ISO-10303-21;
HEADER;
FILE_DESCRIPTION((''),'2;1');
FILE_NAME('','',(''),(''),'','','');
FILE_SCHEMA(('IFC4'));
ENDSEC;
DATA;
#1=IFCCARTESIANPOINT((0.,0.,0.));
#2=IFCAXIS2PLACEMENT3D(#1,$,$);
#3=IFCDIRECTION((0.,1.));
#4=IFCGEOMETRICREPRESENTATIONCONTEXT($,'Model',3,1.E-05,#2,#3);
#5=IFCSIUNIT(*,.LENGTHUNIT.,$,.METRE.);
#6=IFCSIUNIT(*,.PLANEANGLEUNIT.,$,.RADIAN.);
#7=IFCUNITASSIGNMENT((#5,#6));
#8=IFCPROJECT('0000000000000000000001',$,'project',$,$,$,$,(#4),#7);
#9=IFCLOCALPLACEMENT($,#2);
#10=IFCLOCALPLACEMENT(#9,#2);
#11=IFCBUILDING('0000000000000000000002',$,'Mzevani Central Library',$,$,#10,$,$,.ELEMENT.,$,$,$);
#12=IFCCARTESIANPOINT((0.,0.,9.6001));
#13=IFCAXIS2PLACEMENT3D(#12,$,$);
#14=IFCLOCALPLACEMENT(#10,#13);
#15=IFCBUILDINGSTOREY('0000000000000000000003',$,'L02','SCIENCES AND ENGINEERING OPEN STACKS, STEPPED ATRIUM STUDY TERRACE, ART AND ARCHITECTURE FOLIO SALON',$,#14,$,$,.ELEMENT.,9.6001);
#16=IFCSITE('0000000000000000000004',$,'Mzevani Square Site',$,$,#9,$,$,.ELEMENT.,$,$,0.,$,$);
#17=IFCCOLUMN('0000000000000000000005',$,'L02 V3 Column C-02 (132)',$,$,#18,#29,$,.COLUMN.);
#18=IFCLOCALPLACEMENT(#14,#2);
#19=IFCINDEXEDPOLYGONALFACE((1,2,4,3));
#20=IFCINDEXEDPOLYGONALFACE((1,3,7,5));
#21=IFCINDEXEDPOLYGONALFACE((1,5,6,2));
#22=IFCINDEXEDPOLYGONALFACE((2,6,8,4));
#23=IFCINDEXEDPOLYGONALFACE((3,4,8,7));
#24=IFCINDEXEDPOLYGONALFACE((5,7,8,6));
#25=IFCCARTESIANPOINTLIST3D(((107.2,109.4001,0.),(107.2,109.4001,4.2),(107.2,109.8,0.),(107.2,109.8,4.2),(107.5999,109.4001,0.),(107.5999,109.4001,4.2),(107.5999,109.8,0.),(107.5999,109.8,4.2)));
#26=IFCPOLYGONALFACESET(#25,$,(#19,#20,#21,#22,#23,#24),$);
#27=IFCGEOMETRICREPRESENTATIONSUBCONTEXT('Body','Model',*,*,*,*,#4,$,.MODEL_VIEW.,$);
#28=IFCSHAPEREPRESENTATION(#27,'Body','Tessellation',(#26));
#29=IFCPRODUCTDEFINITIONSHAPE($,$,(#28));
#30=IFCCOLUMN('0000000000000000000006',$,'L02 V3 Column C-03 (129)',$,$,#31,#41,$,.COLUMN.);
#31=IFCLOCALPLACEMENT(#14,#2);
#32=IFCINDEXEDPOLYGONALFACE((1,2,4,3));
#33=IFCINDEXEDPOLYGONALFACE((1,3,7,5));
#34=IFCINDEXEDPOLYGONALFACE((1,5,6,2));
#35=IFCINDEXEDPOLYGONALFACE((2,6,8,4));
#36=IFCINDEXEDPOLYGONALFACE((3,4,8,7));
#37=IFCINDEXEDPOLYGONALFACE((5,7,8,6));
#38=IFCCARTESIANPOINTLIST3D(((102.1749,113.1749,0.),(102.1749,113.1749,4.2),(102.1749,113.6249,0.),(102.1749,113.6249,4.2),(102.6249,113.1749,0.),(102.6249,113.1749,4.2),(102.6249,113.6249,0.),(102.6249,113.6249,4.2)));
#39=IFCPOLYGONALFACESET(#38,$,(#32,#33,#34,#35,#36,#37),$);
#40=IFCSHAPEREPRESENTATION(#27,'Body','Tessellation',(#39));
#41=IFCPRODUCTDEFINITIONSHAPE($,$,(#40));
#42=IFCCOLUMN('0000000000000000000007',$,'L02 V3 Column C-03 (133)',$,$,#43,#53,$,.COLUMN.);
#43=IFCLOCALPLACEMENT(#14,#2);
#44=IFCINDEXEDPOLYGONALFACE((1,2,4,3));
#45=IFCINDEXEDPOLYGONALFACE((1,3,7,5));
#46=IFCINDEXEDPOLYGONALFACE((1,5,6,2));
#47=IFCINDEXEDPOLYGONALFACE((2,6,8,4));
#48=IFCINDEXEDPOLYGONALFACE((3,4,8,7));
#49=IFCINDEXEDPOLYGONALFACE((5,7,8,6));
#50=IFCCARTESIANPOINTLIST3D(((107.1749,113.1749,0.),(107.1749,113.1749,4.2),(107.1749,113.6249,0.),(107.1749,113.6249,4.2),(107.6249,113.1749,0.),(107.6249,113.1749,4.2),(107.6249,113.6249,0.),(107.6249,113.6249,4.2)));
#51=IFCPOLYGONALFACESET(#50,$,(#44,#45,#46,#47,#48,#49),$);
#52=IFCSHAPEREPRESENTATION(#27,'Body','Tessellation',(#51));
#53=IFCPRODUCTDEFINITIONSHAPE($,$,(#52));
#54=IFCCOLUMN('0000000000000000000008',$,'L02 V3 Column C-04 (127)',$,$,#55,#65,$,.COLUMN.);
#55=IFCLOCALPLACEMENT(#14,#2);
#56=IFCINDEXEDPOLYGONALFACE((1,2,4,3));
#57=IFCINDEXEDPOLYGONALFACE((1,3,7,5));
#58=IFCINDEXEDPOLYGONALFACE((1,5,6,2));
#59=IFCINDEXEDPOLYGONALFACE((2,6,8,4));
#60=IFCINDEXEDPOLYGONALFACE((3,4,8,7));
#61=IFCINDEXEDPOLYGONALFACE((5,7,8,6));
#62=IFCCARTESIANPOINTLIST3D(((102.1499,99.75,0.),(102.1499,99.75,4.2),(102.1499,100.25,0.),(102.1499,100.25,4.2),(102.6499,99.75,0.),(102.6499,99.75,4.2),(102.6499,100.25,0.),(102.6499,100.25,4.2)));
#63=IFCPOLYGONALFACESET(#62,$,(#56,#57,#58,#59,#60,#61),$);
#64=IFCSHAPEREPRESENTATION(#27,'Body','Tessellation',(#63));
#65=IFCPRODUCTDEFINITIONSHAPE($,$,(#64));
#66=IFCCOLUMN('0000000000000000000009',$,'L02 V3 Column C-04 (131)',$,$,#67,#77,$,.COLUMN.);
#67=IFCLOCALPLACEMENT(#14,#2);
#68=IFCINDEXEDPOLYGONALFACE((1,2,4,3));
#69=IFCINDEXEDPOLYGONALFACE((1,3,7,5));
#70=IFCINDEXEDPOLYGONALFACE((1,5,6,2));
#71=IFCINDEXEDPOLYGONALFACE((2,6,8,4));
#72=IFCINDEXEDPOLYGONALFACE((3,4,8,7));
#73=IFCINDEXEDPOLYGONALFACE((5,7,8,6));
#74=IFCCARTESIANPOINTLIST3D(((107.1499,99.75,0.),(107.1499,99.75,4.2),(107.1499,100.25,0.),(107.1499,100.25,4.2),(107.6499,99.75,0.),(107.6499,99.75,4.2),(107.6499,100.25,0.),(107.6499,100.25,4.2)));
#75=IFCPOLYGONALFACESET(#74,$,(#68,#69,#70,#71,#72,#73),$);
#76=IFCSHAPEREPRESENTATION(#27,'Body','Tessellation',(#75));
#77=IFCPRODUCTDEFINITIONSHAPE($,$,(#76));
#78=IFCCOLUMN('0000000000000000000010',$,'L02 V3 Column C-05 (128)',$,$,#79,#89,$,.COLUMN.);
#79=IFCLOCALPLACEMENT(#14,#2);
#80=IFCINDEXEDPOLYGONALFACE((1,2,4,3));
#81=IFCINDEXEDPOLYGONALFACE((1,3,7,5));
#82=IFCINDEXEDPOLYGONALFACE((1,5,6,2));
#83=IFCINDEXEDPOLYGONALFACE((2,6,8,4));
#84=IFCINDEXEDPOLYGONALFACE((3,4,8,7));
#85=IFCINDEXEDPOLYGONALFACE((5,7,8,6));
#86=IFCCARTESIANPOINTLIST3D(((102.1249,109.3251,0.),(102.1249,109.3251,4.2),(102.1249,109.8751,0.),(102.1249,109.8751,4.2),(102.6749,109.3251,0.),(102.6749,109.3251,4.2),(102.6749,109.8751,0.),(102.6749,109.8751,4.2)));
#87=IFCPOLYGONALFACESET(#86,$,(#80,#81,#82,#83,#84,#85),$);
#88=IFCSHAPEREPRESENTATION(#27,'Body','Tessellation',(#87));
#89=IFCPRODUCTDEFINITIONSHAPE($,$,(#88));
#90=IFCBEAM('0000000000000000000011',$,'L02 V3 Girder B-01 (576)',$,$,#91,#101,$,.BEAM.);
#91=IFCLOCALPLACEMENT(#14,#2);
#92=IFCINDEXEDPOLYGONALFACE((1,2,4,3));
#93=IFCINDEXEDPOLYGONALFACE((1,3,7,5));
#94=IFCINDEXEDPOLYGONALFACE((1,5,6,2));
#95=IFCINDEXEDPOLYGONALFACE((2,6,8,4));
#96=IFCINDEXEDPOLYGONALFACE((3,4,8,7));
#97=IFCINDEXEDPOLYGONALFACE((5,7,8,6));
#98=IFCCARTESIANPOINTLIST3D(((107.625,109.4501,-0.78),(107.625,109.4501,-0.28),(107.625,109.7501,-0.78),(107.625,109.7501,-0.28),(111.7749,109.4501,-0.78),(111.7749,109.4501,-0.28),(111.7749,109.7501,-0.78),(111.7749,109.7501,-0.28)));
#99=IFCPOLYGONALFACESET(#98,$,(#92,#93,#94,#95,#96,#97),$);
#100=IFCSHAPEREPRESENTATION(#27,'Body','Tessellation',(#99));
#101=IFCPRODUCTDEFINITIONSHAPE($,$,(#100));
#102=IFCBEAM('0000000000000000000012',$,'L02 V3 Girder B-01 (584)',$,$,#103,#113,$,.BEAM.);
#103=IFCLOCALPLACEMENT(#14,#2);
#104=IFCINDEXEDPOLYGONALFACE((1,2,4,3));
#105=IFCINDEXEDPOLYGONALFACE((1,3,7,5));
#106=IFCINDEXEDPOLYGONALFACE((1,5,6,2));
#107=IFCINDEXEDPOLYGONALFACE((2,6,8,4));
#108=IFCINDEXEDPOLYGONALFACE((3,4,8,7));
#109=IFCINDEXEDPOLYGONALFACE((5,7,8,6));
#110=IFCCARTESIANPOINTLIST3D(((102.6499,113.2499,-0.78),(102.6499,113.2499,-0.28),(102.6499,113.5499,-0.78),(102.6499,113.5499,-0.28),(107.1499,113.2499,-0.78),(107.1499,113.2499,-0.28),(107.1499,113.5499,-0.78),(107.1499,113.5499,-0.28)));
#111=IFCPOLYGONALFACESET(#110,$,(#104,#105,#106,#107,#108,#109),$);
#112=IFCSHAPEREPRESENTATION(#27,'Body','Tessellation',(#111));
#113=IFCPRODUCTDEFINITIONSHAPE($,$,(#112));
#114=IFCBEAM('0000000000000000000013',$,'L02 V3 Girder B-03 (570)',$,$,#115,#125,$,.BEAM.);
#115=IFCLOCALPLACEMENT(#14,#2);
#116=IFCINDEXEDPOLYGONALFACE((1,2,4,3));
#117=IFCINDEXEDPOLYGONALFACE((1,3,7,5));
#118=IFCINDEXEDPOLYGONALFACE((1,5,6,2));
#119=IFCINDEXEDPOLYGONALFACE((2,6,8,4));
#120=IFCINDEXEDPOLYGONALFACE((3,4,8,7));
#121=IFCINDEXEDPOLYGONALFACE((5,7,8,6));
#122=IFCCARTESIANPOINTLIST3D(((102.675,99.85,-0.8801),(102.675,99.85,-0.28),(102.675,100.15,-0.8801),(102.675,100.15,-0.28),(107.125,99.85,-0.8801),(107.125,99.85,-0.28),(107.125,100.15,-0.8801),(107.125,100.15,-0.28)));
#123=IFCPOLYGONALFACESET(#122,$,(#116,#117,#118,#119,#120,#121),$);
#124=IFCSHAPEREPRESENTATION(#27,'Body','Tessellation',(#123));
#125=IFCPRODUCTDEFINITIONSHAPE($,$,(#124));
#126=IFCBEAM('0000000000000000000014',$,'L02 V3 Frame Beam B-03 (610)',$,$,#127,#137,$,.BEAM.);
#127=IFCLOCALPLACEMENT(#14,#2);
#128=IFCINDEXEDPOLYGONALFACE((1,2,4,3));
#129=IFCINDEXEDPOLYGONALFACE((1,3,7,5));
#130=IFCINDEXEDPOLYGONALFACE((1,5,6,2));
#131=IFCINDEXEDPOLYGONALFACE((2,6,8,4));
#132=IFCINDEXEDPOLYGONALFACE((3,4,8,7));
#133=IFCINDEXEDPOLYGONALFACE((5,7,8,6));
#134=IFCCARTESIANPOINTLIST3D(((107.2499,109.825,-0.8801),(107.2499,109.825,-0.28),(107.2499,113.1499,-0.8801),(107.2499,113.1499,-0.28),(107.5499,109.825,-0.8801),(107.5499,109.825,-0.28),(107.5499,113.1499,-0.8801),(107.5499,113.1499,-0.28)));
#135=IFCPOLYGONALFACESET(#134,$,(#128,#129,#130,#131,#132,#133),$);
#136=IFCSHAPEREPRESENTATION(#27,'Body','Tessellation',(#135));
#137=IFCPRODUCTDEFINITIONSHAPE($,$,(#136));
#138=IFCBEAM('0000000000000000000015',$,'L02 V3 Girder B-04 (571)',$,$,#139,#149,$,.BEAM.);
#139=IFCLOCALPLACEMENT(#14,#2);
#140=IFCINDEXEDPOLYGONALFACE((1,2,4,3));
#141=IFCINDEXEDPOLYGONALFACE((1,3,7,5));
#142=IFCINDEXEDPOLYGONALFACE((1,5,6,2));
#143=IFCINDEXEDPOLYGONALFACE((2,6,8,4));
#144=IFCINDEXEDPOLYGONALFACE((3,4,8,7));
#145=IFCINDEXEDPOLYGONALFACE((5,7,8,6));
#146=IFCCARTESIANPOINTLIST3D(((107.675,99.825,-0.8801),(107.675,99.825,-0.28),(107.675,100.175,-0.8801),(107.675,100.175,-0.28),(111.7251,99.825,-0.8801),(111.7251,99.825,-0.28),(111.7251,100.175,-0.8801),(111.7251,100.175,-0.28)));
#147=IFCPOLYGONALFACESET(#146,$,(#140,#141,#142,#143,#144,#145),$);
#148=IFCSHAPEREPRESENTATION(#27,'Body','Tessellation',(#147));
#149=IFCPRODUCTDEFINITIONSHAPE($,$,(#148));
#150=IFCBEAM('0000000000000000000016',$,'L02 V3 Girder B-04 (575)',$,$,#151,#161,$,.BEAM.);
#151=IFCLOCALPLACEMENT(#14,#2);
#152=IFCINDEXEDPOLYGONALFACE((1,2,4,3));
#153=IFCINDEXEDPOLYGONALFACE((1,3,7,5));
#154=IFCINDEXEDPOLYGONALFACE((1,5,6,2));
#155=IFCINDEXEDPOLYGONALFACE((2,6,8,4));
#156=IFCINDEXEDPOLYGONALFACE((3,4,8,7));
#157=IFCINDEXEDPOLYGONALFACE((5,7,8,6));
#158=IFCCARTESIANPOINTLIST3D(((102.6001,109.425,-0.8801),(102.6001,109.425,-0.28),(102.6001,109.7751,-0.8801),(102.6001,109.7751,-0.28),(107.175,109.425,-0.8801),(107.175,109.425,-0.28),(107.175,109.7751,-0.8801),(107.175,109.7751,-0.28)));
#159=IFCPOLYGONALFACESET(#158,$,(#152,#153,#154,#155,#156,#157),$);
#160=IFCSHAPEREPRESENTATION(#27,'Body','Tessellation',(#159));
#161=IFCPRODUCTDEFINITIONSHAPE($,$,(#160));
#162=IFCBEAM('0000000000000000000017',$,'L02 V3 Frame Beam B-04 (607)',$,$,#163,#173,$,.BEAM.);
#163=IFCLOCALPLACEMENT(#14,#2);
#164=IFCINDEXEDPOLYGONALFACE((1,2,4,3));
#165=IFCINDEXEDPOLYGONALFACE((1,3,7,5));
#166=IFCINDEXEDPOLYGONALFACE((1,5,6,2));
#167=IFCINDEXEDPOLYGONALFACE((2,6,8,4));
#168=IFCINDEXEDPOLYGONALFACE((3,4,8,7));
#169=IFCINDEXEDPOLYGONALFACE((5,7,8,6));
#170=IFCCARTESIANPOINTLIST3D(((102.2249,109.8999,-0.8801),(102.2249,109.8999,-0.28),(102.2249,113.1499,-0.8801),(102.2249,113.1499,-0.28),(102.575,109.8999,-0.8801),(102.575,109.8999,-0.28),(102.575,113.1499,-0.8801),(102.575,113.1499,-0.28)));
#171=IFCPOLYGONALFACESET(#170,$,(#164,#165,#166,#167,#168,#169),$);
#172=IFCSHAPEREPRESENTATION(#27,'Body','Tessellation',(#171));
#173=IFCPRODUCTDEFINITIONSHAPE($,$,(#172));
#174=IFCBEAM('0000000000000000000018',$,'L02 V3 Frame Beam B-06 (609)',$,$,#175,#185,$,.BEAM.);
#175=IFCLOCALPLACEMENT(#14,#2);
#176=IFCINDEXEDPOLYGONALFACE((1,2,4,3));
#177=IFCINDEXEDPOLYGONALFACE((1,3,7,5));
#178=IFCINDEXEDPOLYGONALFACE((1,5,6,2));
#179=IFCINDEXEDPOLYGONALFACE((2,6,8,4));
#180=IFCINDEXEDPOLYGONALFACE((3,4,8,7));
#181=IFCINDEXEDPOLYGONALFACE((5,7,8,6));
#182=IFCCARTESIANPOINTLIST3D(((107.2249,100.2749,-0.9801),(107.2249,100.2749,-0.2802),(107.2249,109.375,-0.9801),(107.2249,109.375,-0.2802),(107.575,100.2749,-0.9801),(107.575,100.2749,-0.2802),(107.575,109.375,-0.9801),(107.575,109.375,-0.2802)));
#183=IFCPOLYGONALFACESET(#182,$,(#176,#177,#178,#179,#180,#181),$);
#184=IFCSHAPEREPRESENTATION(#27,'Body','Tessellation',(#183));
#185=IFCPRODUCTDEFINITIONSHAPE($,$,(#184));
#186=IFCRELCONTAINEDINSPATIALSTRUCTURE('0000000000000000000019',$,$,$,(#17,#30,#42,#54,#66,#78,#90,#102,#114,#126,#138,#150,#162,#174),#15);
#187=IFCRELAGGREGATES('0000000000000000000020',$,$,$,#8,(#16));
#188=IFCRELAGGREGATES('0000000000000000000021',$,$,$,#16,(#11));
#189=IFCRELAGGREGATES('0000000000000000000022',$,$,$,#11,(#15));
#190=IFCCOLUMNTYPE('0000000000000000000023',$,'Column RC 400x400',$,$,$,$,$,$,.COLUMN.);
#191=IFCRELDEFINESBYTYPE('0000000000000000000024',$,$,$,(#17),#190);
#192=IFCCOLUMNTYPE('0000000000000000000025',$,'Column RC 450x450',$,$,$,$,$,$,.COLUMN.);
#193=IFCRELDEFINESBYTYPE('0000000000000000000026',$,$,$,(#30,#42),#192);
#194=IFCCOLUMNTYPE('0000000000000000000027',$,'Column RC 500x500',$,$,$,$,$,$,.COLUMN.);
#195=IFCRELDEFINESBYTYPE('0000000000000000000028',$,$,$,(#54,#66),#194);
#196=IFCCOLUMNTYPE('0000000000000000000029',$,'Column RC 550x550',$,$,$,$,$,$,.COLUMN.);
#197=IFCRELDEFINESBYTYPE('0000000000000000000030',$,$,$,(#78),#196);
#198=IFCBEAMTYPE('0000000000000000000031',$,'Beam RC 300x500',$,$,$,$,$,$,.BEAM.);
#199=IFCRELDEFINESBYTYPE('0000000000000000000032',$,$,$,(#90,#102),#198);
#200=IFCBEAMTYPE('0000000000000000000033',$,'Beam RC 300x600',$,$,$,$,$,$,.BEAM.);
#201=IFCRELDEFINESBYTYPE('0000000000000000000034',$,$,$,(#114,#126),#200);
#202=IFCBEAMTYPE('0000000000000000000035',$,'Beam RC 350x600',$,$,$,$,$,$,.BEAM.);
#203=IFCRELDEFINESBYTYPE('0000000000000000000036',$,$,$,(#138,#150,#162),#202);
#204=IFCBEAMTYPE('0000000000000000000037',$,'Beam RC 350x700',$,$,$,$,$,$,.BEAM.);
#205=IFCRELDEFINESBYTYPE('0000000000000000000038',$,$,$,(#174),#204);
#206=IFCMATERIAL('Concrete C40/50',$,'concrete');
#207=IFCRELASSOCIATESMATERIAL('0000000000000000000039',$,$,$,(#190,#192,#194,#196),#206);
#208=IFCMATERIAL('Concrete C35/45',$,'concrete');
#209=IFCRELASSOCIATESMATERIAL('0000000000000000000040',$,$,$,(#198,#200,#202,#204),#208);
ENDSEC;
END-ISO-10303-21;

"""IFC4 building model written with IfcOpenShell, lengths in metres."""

from ifc_helpers import new_model, si_unit, direction, frame, origin, origin_2d, place, context, subcontext, project, spatial, rectangle, extrude, material, material_profile, profile_set, type_object, element, save


model = new_model("IFC4")

# Units and contexts
model_context = context("Model", 3, precision=1e-05, world=origin(), true_north=direction((0.0, 1.0)))
body_context = subcontext(model_context, "Body", "Model", "MODEL_VIEW")
ifc_project = project(units=[si_unit("LENGTHUNIT", "METRE"), si_unit("PLANEANGLEUNIT", "RADIAN")], contexts=[model_context])

# Site, building, storey
site_placement = place(None, origin())
site = spatial("IfcSite", under=ifc_project, at=site_placement, Name="Mzevani Square Site", CompositionType="ELEMENT", RefElevation=0.0)
building_placement = place(site_placement, origin())
building = spatial("IfcBuilding", under=site, at=building_placement, Name="Mzevani Central Library", CompositionType="ELEMENT")
storey_placement = place(building_placement, frame((0.0, 0.0, 9.6001)))
storey = spatial("IfcBuildingStorey", under=building, at=storey_placement, Name="L02", Description="SCIENCES AND ENGINEERING OPEN STACKS, STEPPED ATRIUM STUDY TERRACE, ART AND ARCHITECTURE FOLIO SALON", CompositionType="ELEMENT", Elevation=9.6001)

# Columns
ifc_material_1 = material(Name="Concrete C40/50", Category="concrete")
ifc_material_profile_1 = material_profile(ifc_material_1, rectangle(XDim=0.3999, YDim=0.3999, at=origin_2d()), Name="RC 400x400")
ifc_profile_set_1 = profile_set([ifc_material_profile_1], Name="Concrete C40/50")
column_type_1 = type_object("IfcColumnType", Name="Column RC 400x400", PredefinedType="COLUMN", material=ifc_profile_set_1)
column_1_placement = place(storey_placement, frame((107.3999, 109.6001, 0.0), z_axis=(0.0, 0.0, 1.0), x_axis=(1.0, 0.0, 0.0)))
element("IfcColumn", 1, at=column_1_placement, inside=storey, type_object=column_type_1, Name="L02 V3 Column C-02 (132)", PredefinedType="COLUMN", context=body_context, shape_type="SweptSolid", body=[
    extrude(rectangle(XDim=0.3999, YDim=0.3999, at=origin_2d()), origin(), (0.0, 0.0, 1.0), 4.2),
])
ifc_material_profile_2 = material_profile(ifc_material_1, rectangle(XDim=0.45, YDim=0.45, at=origin_2d()), Name="RC 450x450")
ifc_profile_set_2 = profile_set([ifc_material_profile_2], Name="Concrete C40/50")
column_type_2 = type_object("IfcColumnType", Name="Column RC 450x450", PredefinedType="COLUMN", material=ifc_profile_set_2)
for number, where, z_axis, x_axis, name in (
    (2, (102.3999, 113.3999, 0.0), (0.0, 0.0, 1.0), (1.0, 0.0, 0.0), "L02 V3 Column C-03 (129)"),
    (3, (107.3999, 113.3999, 0.0), (0.0, 0.0, 1.0), (1.0, 0.0, 0.0), "L02 V3 Column C-03 (133)"),
):
    element("IfcColumn", number, at=place(storey_placement, frame(where, z_axis=z_axis, x_axis=x_axis)), inside=storey, type_object=column_type_2, Name=name, PredefinedType="COLUMN", context=body_context, shape_type="SweptSolid", body=[
        extrude(rectangle(XDim=0.45, YDim=0.45, at=origin_2d()), origin(), (0.0, 0.0, 1.0), 4.2),
    ])
ifc_material_profile_3 = material_profile(ifc_material_1, rectangle(XDim=0.5, YDim=0.5, at=origin_2d()), Name="RC 500x500")
ifc_profile_set_3 = profile_set([ifc_material_profile_3], Name="Concrete C40/50")
column_type_3 = type_object("IfcColumnType", Name="Column RC 500x500", PredefinedType="COLUMN", material=ifc_profile_set_3)
for number, where, z_axis, x_axis, name in (
    (4, (102.3999, 100.0, 0.0), (0.0, 0.0, 1.0), (1.0, 0.0, 0.0), "L02 V3 Column C-04 (127)"),
    (5, (107.3999, 100.0, 0.0), (0.0, 0.0, 1.0), (1.0, 0.0, 0.0), "L02 V3 Column C-04 (131)"),
):
    element("IfcColumn", number, at=place(storey_placement, frame(where, z_axis=z_axis, x_axis=x_axis)), inside=storey, type_object=column_type_3, Name=name, PredefinedType="COLUMN", context=body_context, shape_type="SweptSolid", body=[
        extrude(rectangle(XDim=0.5, YDim=0.5, at=origin_2d()), origin(), (0.0, 0.0, 1.0), 4.2),
    ])
ifc_material_profile_4 = material_profile(ifc_material_1, rectangle(XDim=0.55, YDim=0.55, at=origin_2d()), Name="RC 550x550")
ifc_profile_set_4 = profile_set([ifc_material_profile_4], Name="Concrete C40/50")
column_type_4 = type_object("IfcColumnType", Name="Column RC 550x550", PredefinedType="COLUMN", material=ifc_profile_set_4)
column_2_placement = place(storey_placement, frame((102.3999, 109.6001, 0.0), z_axis=(0.0, 0.0, 1.0), x_axis=(1.0, 0.0, 0.0)))
element("IfcColumn", 6, at=column_2_placement, inside=storey, type_object=column_type_4, Name="L02 V3 Column C-05 (128)", PredefinedType="COLUMN", context=body_context, shape_type="SweptSolid", body=[
    extrude(rectangle(XDim=0.55, YDim=0.55, at=origin_2d()), origin(), (0.0, 0.0, 1.0), 4.2),
])

# Beams
ifc_material_2 = material(Name="Concrete C35/45", Category="concrete")
ifc_material_profile_5 = material_profile(ifc_material_2, rectangle(XDim=0.3, YDim=0.5, at=origin_2d()), Name="RC B300x500")
ifc_profile_set_5 = profile_set([ifc_material_profile_5], Name="Concrete C35/45")
beam_type_1 = type_object("IfcBeamType", Name="Beam RC 300x500", PredefinedType="BEAM", material=ifc_profile_set_5)
beam_1_placement = place(storey_placement, frame((107.625, 109.6001, -0.53), z_axis=(1.0, 0.0, 0.0), x_axis=(0.0, 1.0, 0.0)))
element("IfcBeam", 7, at=beam_1_placement, inside=storey, type_object=beam_type_1, Name="L02 V3 Girder B-01 (576)", PredefinedType="BEAM", context=body_context, shape_type="SweptSolid", body=[
    extrude(rectangle(XDim=0.3, YDim=0.5, at=origin_2d()), origin(), (0.0, 0.0, 1.0), 4.1499),
])
beam_2_placement = place(storey_placement, frame((102.6499, 113.3999, -0.53), z_axis=(1.0, 0.0, 0.0), x_axis=(0.0, 1.0, 0.0)))
element("IfcBeam", 8, at=beam_2_placement, inside=storey, type_object=beam_type_1, Name="L02 V3 Girder B-01 (584)", PredefinedType="BEAM", context=body_context, shape_type="SweptSolid", body=[
    extrude(rectangle(XDim=0.3, YDim=0.5, at=origin_2d()), origin(), (0.0, 0.0, 1.0), 4.5),
])
ifc_material_profile_6 = material_profile(ifc_material_2, rectangle(XDim=0.3, YDim=0.6001, at=origin_2d()), Name="RC B300x600")
ifc_profile_set_6 = profile_set([ifc_material_profile_6], Name="Concrete C35/45")
beam_type_2 = type_object("IfcBeamType", Name="Beam RC 300x600", PredefinedType="BEAM", material=ifc_profile_set_6)
beam_3_placement = place(storey_placement, frame((102.675, 100.0, -0.5801), z_axis=(1.0, 0.0, 0.0), x_axis=(0.0, 1.0, 0.0)))
element("IfcBeam", 9, at=beam_3_placement, inside=storey, type_object=beam_type_2, Name="L02 V3 Girder B-03 (570)", PredefinedType="BEAM", context=body_context, shape_type="SweptSolid", body=[
    extrude(rectangle(XDim=0.3, YDim=0.6001, at=origin_2d()), origin(), (0.0, 0.0, 1.0), 4.45),
])
beam_4_placement = place(storey_placement, frame((107.3999, 109.825, -0.5801), z_axis=(0.0, 1.0, 0.0), x_axis=(-1.0, 0.0, 0.0)))
element("IfcBeam", 10, at=beam_4_placement, inside=storey, type_object=beam_type_2, Name="L02 V3 Frame Beam B-03 (610)", PredefinedType="BEAM", context=body_context, shape_type="SweptSolid", body=[
    extrude(rectangle(XDim=0.3, YDim=0.6001, at=origin_2d()), origin(), (0.0, 0.0, 1.0), 3.325),
])
ifc_material_profile_7 = material_profile(ifc_material_2, rectangle(XDim=0.3501, YDim=0.6001, at=origin_2d()), Name="RC B350x600")
ifc_profile_set_7 = profile_set([ifc_material_profile_7], Name="Concrete C35/45")
beam_type_3 = type_object("IfcBeamType", Name="Beam RC 350x600", PredefinedType="BEAM", material=ifc_profile_set_7)
beam_5_placement = place(storey_placement, frame((107.675, 100.0, -0.5801), z_axis=(1.0, 0.0, 0.0), x_axis=(0.0, 1.0, 0.0)))
element("IfcBeam", 11, at=beam_5_placement, inside=storey, type_object=beam_type_3, Name="L02 V3 Girder B-04 (571)", PredefinedType="BEAM", context=body_context, shape_type="SweptSolid", body=[
    extrude(rectangle(XDim=0.3501, YDim=0.6001, at=origin_2d()), origin(), (0.0, 0.0, 1.0), 4.05),
])
beam_6_placement = place(storey_placement, frame((102.6001, 109.6001, -0.5801), z_axis=(1.0, 0.0, 0.0), x_axis=(0.0, 1.0, 0.0)))
element("IfcBeam", 12, at=beam_6_placement, inside=storey, type_object=beam_type_3, Name="L02 V3 Girder B-04 (575)", PredefinedType="BEAM", context=body_context, shape_type="SweptSolid", body=[
    extrude(rectangle(XDim=0.3501, YDim=0.6001, at=origin_2d()), origin(), (0.0, 0.0, 1.0), 4.575),
])
beam_7_placement = place(storey_placement, frame((102.3999, 109.8999, -0.5801), z_axis=(0.0, 1.0, 0.0), x_axis=(-1.0, 0.0, 0.0)))
element("IfcBeam", 13, at=beam_7_placement, inside=storey, type_object=beam_type_3, Name="L02 V3 Frame Beam B-04 (607)", PredefinedType="BEAM", context=body_context, shape_type="SweptSolid", body=[
    extrude(rectangle(XDim=0.3501, YDim=0.6001, at=origin_2d()), origin(), (0.0, 0.0, 1.0), 3.25),
])
ifc_material_profile_8 = material_profile(ifc_material_2, rectangle(XDim=0.3501, YDim=0.7, at=origin_2d()), Name="RC B350x700")
ifc_profile_set_8 = profile_set([ifc_material_profile_8], Name="Concrete C35/45")
beam_type_4 = type_object("IfcBeamType", Name="Beam RC 350x700", PredefinedType="BEAM", material=ifc_profile_set_8)
beam_8_placement = place(storey_placement, frame((107.3999, 100.2749, -0.6301), z_axis=(0.0, 1.0, 0.0), x_axis=(-1.0, 0.0, 0.0)))
element("IfcBeam", 14, at=beam_8_placement, inside=storey, type_object=beam_type_4, Name="L02 V3 Frame Beam B-06 (609)", PredefinedType="BEAM", context=body_context, shape_type="SweptSolid", body=[
    extrude(rectangle(XDim=0.3501, YDim=0.7, at=origin_2d()), origin(), (0.0, 0.0, 1.0), 9.1001),
])

save(model, "model.ifc")
